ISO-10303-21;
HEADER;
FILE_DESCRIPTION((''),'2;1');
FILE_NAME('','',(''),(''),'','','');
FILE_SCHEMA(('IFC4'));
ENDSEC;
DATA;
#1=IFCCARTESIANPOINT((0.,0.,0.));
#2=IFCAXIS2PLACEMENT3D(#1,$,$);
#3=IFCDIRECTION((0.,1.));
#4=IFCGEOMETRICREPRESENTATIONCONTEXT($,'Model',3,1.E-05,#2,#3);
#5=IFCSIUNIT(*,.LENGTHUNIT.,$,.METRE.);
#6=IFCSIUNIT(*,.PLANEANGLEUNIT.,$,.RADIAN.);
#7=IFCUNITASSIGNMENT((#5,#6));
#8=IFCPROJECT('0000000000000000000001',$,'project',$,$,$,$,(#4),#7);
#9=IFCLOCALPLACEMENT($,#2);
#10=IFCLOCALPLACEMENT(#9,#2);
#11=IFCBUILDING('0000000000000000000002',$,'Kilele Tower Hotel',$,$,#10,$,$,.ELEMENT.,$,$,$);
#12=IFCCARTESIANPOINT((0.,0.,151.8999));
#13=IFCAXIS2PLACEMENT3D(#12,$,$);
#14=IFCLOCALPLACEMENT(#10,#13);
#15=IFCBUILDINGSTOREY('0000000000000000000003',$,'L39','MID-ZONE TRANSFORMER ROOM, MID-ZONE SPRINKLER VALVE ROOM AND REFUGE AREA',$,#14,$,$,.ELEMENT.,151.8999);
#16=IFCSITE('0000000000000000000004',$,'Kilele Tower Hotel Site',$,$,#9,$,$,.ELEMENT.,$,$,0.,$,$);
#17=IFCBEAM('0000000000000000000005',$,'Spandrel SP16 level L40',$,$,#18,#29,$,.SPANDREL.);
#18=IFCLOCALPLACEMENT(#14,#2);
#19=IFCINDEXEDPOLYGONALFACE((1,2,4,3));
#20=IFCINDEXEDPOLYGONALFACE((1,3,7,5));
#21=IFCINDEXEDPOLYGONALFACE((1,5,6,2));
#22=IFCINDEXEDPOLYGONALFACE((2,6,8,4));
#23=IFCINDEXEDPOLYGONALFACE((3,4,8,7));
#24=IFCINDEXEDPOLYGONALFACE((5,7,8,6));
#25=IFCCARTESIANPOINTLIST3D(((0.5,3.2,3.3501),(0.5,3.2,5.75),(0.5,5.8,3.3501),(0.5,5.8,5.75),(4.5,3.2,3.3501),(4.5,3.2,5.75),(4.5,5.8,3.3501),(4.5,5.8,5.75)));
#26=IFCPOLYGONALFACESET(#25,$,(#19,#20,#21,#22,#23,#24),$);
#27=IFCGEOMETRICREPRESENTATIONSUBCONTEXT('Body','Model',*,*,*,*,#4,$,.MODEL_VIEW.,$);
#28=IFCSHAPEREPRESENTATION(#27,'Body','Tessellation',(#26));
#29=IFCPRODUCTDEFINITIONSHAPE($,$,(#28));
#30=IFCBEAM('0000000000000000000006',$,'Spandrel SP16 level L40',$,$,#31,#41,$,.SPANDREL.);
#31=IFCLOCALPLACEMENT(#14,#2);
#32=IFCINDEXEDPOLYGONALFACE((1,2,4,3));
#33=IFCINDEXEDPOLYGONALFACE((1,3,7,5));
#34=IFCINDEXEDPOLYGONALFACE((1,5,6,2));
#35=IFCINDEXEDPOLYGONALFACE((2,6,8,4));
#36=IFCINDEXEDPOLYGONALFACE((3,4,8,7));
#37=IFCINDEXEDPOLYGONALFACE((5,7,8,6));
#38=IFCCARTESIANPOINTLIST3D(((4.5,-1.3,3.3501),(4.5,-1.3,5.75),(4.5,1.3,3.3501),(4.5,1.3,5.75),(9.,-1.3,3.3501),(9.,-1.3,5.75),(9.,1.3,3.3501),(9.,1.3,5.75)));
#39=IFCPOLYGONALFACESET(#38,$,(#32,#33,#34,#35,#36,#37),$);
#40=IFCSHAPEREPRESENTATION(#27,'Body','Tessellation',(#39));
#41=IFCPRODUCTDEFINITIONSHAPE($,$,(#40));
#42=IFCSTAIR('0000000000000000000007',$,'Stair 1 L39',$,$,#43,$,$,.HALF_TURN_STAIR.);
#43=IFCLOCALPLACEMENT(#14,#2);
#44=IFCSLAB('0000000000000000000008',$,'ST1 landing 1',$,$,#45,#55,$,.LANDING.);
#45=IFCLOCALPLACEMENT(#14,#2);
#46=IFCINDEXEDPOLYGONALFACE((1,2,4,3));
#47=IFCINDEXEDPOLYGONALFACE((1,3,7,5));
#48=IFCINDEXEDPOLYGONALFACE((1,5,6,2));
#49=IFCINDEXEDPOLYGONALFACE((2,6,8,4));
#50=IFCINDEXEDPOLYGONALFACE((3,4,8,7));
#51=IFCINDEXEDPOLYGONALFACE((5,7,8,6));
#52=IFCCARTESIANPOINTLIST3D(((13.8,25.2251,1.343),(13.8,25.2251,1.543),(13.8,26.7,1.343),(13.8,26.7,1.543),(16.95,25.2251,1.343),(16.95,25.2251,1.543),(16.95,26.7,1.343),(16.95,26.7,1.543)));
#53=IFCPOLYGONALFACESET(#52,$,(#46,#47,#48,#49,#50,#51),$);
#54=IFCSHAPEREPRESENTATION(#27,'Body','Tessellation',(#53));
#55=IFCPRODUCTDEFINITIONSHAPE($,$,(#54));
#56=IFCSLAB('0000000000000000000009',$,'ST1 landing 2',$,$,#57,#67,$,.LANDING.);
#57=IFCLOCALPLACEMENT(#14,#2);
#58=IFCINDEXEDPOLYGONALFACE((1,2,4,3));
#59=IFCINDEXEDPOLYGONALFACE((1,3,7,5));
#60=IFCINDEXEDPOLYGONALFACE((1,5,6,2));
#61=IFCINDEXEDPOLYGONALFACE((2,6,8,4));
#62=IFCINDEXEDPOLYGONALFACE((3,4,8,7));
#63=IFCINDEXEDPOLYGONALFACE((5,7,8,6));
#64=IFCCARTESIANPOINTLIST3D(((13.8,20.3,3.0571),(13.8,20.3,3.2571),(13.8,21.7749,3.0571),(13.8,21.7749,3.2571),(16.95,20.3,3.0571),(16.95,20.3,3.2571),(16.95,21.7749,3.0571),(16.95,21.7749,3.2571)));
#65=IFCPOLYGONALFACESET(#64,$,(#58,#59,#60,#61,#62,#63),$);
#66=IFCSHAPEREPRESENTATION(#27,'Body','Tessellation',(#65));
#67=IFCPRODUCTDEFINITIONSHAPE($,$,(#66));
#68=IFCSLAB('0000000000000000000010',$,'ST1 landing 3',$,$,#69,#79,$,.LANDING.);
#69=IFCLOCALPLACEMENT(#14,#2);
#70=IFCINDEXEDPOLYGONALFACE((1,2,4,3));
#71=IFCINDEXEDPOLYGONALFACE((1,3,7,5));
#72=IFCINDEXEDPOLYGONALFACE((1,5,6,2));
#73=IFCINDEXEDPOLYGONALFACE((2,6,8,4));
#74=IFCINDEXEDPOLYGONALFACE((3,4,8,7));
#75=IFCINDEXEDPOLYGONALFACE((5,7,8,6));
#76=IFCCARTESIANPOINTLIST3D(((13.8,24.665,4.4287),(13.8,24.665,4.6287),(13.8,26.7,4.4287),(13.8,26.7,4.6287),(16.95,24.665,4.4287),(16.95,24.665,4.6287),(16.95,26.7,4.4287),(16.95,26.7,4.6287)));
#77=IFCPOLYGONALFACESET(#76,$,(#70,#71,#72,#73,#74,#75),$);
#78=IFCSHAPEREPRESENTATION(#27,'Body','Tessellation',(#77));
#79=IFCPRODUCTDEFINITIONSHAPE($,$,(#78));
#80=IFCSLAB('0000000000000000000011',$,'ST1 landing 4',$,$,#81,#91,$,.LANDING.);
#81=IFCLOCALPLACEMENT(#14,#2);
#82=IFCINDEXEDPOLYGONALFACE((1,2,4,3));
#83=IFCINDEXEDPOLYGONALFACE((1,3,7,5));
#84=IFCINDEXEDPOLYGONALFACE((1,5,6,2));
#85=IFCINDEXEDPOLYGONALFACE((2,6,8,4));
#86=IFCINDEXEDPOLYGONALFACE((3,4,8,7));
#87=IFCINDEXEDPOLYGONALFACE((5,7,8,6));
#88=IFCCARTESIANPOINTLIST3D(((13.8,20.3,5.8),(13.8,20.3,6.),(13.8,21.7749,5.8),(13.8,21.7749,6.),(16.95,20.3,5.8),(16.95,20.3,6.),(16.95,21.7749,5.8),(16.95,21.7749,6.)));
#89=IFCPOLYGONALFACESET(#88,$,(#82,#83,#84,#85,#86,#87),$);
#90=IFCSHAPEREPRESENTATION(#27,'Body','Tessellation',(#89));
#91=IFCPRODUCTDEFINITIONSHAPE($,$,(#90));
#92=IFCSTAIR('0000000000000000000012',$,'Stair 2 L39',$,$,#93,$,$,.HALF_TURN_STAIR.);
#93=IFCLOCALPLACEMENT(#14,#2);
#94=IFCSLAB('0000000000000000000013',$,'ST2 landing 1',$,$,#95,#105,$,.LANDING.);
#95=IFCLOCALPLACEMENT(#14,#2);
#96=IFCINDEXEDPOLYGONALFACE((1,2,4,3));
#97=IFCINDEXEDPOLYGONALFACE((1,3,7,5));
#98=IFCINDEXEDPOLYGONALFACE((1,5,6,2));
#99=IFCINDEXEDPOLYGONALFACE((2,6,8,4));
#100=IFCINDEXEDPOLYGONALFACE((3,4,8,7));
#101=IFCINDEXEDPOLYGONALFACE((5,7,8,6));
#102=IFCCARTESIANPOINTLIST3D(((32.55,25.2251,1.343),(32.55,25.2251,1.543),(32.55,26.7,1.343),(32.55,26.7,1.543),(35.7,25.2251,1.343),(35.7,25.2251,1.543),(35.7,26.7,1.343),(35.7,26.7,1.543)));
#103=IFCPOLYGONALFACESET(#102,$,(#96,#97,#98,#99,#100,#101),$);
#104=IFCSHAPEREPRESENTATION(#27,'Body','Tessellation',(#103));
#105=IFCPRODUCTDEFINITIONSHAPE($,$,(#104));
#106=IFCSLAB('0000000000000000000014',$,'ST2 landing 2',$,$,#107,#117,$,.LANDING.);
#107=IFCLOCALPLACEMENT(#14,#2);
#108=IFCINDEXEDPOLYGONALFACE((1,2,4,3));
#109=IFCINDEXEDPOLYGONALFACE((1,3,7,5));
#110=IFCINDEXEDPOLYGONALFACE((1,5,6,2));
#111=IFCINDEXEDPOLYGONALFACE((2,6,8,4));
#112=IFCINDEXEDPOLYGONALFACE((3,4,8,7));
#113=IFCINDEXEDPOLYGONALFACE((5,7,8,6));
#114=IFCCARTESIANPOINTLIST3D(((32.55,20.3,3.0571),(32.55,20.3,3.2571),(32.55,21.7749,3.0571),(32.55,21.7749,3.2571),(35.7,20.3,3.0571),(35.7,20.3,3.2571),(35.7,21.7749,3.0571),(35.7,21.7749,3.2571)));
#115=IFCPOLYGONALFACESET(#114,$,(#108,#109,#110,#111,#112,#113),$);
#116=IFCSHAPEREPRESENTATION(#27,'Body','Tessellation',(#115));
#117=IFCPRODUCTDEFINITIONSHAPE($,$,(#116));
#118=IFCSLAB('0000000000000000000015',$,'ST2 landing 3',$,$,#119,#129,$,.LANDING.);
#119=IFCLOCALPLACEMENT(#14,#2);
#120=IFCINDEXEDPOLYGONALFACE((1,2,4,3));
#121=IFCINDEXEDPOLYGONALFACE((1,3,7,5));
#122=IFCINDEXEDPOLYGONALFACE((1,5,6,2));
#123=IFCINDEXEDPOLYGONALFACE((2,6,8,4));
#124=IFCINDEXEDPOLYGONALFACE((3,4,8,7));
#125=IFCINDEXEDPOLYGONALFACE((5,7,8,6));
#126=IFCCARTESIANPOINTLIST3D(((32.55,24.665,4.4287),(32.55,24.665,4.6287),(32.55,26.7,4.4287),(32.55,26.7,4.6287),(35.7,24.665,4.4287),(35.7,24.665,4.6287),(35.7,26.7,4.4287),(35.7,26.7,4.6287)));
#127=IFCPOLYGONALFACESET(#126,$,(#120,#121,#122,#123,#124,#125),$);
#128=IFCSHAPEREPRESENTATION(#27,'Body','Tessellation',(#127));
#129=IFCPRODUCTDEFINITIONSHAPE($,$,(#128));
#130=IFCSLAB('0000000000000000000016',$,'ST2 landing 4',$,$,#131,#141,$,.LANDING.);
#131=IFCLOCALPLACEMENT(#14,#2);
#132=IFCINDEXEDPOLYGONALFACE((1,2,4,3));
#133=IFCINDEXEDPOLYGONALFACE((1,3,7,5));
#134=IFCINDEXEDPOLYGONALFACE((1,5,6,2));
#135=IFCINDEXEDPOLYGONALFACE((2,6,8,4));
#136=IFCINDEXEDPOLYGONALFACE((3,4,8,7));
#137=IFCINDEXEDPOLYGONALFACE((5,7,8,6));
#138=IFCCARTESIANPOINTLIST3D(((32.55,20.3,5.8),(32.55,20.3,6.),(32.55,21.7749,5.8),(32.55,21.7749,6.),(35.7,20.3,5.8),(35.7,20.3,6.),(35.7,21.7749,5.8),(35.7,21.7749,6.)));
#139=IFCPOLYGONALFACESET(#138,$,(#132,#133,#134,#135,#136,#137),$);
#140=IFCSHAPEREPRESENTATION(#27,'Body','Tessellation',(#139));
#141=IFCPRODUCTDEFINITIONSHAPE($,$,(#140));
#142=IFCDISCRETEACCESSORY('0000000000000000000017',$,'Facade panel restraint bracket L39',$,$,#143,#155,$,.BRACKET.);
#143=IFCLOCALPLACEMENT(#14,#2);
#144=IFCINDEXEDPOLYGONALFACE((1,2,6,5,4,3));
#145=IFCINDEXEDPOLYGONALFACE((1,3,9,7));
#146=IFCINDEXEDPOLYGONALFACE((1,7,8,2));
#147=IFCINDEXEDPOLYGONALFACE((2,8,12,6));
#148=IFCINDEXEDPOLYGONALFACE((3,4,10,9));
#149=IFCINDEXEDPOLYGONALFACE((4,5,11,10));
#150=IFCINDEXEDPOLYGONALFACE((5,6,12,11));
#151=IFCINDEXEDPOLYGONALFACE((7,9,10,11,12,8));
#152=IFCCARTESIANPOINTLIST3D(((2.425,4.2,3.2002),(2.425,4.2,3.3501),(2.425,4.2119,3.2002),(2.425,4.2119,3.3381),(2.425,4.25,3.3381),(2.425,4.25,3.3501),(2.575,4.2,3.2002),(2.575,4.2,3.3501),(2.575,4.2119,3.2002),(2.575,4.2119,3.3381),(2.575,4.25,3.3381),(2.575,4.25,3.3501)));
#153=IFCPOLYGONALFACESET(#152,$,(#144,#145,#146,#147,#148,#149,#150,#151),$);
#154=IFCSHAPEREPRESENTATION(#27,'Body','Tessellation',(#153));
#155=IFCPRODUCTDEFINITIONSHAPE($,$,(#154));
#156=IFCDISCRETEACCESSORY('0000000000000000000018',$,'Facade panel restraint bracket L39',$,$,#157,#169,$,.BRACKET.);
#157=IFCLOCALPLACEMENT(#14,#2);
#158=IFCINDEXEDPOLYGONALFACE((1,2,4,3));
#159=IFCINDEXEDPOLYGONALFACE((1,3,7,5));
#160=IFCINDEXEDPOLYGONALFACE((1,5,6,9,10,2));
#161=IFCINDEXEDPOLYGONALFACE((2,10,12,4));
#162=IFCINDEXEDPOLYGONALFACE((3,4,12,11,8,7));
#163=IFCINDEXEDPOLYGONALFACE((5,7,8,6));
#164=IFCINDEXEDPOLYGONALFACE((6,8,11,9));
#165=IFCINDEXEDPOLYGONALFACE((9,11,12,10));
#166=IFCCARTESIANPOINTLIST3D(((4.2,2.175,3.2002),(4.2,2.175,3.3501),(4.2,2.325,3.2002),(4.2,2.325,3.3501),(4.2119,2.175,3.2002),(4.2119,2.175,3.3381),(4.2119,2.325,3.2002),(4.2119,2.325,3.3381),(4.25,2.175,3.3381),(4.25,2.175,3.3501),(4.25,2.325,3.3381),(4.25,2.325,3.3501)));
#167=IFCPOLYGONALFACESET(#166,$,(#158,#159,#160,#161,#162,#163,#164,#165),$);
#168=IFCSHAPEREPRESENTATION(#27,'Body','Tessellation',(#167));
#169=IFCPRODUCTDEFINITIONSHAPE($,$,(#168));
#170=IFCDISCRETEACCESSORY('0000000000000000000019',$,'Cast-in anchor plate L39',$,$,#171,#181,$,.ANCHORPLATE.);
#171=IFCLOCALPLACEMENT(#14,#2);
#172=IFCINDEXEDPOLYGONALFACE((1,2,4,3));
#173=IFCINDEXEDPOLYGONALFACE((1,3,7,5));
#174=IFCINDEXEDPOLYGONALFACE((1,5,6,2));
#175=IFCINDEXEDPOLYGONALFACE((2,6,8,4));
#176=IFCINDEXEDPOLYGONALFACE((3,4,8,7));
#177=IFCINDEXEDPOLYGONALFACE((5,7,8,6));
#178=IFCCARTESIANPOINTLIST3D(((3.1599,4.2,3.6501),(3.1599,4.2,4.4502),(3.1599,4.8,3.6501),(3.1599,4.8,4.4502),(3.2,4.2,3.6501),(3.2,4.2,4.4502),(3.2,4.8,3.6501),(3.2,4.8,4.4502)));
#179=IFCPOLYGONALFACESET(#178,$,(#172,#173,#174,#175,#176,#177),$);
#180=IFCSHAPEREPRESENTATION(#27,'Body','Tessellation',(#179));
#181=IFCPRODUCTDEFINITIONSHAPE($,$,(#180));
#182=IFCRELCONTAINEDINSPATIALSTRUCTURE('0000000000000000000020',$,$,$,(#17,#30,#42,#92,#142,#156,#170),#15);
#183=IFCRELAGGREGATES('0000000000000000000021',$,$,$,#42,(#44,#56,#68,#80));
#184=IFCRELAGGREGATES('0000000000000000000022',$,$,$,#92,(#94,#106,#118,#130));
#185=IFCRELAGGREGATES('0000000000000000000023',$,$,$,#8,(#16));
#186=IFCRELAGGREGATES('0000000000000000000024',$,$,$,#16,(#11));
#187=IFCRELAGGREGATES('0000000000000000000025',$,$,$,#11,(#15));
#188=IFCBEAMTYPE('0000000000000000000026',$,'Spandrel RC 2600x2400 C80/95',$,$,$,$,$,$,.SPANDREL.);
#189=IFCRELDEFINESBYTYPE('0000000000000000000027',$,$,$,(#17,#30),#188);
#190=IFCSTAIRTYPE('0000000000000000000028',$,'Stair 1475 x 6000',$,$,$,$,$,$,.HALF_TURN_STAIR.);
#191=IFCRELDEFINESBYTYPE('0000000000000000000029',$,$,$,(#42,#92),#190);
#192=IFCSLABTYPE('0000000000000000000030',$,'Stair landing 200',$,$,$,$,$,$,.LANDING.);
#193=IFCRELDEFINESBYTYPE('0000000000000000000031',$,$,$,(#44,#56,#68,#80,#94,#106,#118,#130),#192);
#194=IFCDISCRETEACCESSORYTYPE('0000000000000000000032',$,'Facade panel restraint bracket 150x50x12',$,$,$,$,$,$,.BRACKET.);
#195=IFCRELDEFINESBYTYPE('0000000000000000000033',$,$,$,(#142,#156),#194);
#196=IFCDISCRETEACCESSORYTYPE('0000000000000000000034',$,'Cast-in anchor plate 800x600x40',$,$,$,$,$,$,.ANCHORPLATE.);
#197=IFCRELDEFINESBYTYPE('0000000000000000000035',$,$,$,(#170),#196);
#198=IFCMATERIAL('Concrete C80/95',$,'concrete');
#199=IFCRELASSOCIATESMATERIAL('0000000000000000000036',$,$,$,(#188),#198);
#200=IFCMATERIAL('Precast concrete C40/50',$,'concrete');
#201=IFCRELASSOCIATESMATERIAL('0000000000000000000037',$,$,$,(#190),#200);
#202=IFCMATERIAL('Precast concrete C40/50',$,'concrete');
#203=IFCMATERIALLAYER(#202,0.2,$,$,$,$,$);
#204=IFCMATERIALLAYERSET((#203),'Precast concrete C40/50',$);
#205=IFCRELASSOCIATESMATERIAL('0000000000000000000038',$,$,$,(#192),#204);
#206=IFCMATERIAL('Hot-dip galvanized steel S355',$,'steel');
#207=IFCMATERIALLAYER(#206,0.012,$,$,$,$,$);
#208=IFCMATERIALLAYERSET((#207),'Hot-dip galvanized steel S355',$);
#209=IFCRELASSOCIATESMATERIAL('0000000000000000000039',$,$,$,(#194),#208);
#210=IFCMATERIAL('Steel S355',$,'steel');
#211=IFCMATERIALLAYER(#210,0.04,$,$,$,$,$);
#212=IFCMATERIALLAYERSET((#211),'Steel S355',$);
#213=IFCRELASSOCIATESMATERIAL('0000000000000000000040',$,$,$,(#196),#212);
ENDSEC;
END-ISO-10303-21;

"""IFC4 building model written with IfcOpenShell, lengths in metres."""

from ifc_helpers import new_model, si_unit, direction, frame, origin, origin_2d, place, context, subcontext, project, spatial, polyline, rectangle, outline, extrude, source, transform, mapped, material, layer, layer_set, material_profile, profile_set, type_object, element, aggregate, save


model = new_model("IFC4")

# Units and contexts
model_context = context("Model", 3, precision=1e-05, world=origin(), true_north=direction((0.0, 1.0)))
body_context = subcontext(model_context, "Body", "Model", "MODEL_VIEW")
ifc_project = project(units=[si_unit("LENGTHUNIT", "METRE"), si_unit("PLANEANGLEUNIT", "RADIAN")], contexts=[model_context])

# Site, building, storey
site_placement = place(None, origin())
site = spatial("IfcSite", under=ifc_project, at=site_placement, Name="Kilele Tower Hotel Site", CompositionType="ELEMENT", RefElevation=0.0)
building_placement = place(site_placement, origin())
building = spatial("IfcBuilding", under=site, at=building_placement, Name="Kilele Tower Hotel", CompositionType="ELEMENT")
storey_placement = place(building_placement, frame((0.0, 0.0, 151.8999)))
storey = spatial("IfcBuildingStorey", under=building, at=storey_placement, Name="L39", Description="MID-ZONE TRANSFORMER ROOM, MID-ZONE SPRINKLER VALVE ROOM AND REFUGE AREA", CompositionType="ELEMENT", Elevation=151.8999)

# Beams
ifc_material_1 = material(Name="Concrete C80/95", Category="concrete")
ifc_material_profile = material_profile(ifc_material_1, rectangle(XDim=2.6001, YDim=2.3999, at=origin_2d()))
ifc_profile_set = profile_set([ifc_material_profile], Name="Concrete C80/95")
beam_type = type_object("IfcBeamType", Name="Spandrel RC 2600x2400 C80/95", PredefinedType="SPANDREL", material=ifc_profile_set)
beam_1_placement = place(storey_placement, frame((0.5, 4.5, 4.55), z_axis=(1.0, 0.0, 0.0), x_axis=(0.0, 1.0, 0.0)))
element("IfcBeam", 1, at=beam_1_placement, inside=storey, type_object=beam_type, Name="Spandrel SP16 level L40", PredefinedType="SPANDREL", context=body_context, shape_type="SweptSolid", body=[
    extrude(rectangle(XDim=2.6001, YDim=2.3999, at=origin_2d()), origin(), (0.0, 0.0, 1.0), 4.0),
])
beam_2_placement = place(storey_placement, frame((4.5, 0.0, 4.55), z_axis=(1.0, 0.0, 0.0), x_axis=(0.0, 1.0, 0.0)))
element("IfcBeam", 2, at=beam_2_placement, inside=storey, type_object=beam_type, Name="Spandrel SP16 level L40", PredefinedType="SPANDREL", context=body_context, shape_type="SweptSolid", body=[
    extrude(rectangle(XDim=2.6001, YDim=2.3999, at=origin_2d()), origin(), (0.0, 0.0, 1.0), 4.5),
])

# Stairs, slabs
ifc_material_2 = material(Name="Precast concrete C40/50", Category="concrete")
stair_type = type_object("IfcStairType", Name="Stair 1475 x 6000", PredefinedType="HALF_TURN_STAIR", material=ifc_material_2)
stair_1_placement = place(storey_placement, origin())
stair_1 = element("IfcStair", 3, at=stair_1_placement, inside=storey, type_object=stair_type, Name="Stair 1 L39", PredefinedType="HALF_TURN_STAIR")
ifc_material_3 = material(Name="Precast concrete C40/50", Category="concrete")
ifc_layer_1 = layer(ifc_material_3, 0.2)
ifc_layer_set_1 = layer_set([ifc_layer_1], Name="Precast concrete C40/50")
slab_type = type_object("IfcSlabType", Name="Stair landing 200", PredefinedType="LANDING", material=ifc_layer_set_1)
slab_1_placement = place(storey_placement, frame((0.0, 0.0, 1.343)))
slab_1 = element("IfcSlab", 4, at=slab_1_placement, type_object=slab_type, Name="ST1 landing 1", PredefinedType="LANDING", context=body_context, shape_type="SweptSolid", body=[
    extrude(outline(polyline([(13.8, 25.2251), (16.95, 25.2251), (16.95, 26.7), (13.8, 26.7), (13.8, 25.2251)])), origin(), (0.0, 0.0, 1.0), 0.2),
])
slab_2_placement = place(storey_placement, frame((0.0, 0.0, 3.0571)))
slab_2 = element("IfcSlab", 5, at=slab_2_placement, type_object=slab_type, Name="ST1 landing 2", PredefinedType="LANDING", context=body_context, shape_type="SweptSolid", body=[
    extrude(outline(polyline([(13.8, 20.3), (16.95, 20.3), (16.95, 21.7749), (13.8, 21.7749), (13.8, 20.3)])), origin(), (0.0, 0.0, 1.0), 0.2),
])
slab_3_placement = place(storey_placement, frame((0.0, 0.0, 4.4287)))
slab_3 = element("IfcSlab", 6, at=slab_3_placement, type_object=slab_type, Name="ST1 landing 3", PredefinedType="LANDING", context=body_context, shape_type="SweptSolid", body=[
    extrude(outline(polyline([(13.8, 24.665), (16.95, 24.665), (16.95, 26.7), (13.8, 26.7), (13.8, 24.665)])), origin(), (0.0, 0.0, 1.0), 0.2),
])
slab_4_placement = place(storey_placement, frame((0.0, 0.0, 5.8)))
slab_4 = element("IfcSlab", 7, at=slab_4_placement, type_object=slab_type, Name="ST1 landing 4", PredefinedType="LANDING", context=body_context, shape_type="SweptSolid", body=[
    extrude(outline(polyline([(13.8, 20.3), (16.95, 20.3), (16.95, 21.7749), (13.8, 21.7749), (13.8, 20.3)])), origin(), (0.0, 0.0, 1.0), 0.2),
])
aggregate(stair_1, [slab_1, slab_2, slab_3, slab_4])
stair_2_placement = place(storey_placement, origin())
stair_2 = element("IfcStair", 8, at=stair_2_placement, inside=storey, type_object=stair_type, Name="Stair 2 L39", PredefinedType="HALF_TURN_STAIR")
slab_5_placement = place(storey_placement, frame((0.0, 0.0, 1.343)))
slab_5 = element("IfcSlab", 9, at=slab_5_placement, type_object=slab_type, Name="ST2 landing 1", PredefinedType="LANDING", context=body_context, shape_type="SweptSolid", body=[
    extrude(outline(polyline([(32.55, 25.2251), (35.7, 25.2251), (35.7, 26.7), (32.55, 26.7), (32.55, 25.2251)])), origin(), (0.0, 0.0, 1.0), 0.2),
])
slab_6_placement = place(storey_placement, frame((0.0, 0.0, 3.0571)))
slab_6 = element("IfcSlab", 10, at=slab_6_placement, type_object=slab_type, Name="ST2 landing 2", PredefinedType="LANDING", context=body_context, shape_type="SweptSolid", body=[
    extrude(outline(polyline([(32.55, 20.3), (35.7, 20.3), (35.7, 21.7749), (32.55, 21.7749), (32.55, 20.3)])), origin(), (0.0, 0.0, 1.0), 0.2),
])
slab_7_placement = place(storey_placement, frame((0.0, 0.0, 4.4287)))
slab_7 = element("IfcSlab", 11, at=slab_7_placement, type_object=slab_type, Name="ST2 landing 3", PredefinedType="LANDING", context=body_context, shape_type="SweptSolid", body=[
    extrude(outline(polyline([(32.55, 24.665), (35.7, 24.665), (35.7, 26.7), (32.55, 26.7), (32.55, 24.665)])), origin(), (0.0, 0.0, 1.0), 0.2),
])
slab_8_placement = place(storey_placement, frame((0.0, 0.0, 5.8)))
slab_8 = element("IfcSlab", 12, at=slab_8_placement, type_object=slab_type, Name="ST2 landing 4", PredefinedType="LANDING", context=body_context, shape_type="SweptSolid", body=[
    extrude(outline(polyline([(32.55, 20.3), (35.7, 20.3), (35.7, 21.7749), (32.55, 21.7749), (32.55, 20.3)])), origin(), (0.0, 0.0, 1.0), 0.2),
])
aggregate(stair_2, [slab_5, slab_6, slab_7, slab_8])

# Discrete accessories
ifc_material_4 = material(Name="Hot-dip galvanized steel S355", Category="steel")
ifc_layer_2 = layer(ifc_material_4, 0.012)
ifc_layer_set_2 = layer_set([ifc_layer_2], Name="Hot-dip galvanized steel S355")
discrete_accessory_type_1 = type_object("IfcDiscreteAccessoryType", Name="Facade panel restraint bracket 150x50x12", PredefinedType="BRACKET", material=ifc_layer_set_2)
shared_shape_1 = source(origin(), body_context, "Body", "SweptSolid", [
    extrude(outline(polyline([(0.0, 0.0), (0.0, -0.1499), (-0.012, -0.1499), (-0.012, -0.012), (-0.05, -0.012), (-0.05, 0.0), (0.0, 0.0)])), origin(), (0.0, 0.0, 1.0), 0.1499),
])
for number, where, z_axis, x_axis, name in (
    (13, (2.575, 4.2, 3.3501), (-1.0, 0.0, 0.0), (0.0, -1.0, 0.0), "Facade panel restraint bracket L39"),
    (14, (4.2, 2.175, 3.3501), (0.0, 1.0, 0.0), (-1.0, 0.0, 0.0), "Facade panel restraint bracket L39"),
):
    element("IfcDiscreteAccessory", number, at=place(storey_placement, frame(where, z_axis=z_axis, x_axis=x_axis)), inside=storey, type_object=discrete_accessory_type_1, Name=name, PredefinedType="BRACKET", context=body_context, shape_type="MappedRepresentation", body=[
        mapped(shared_shape_1, transform((0.0, 0.0, 0.0))),
    ])
ifc_material_5 = material(Name="Steel S355", Category="steel")
ifc_layer_3 = layer(ifc_material_5, 0.04)
ifc_layer_set_3 = layer_set([ifc_layer_3], Name="Steel S355")
discrete_accessory_type_2 = type_object("IfcDiscreteAccessoryType", Name="Cast-in anchor plate 800x600x40", PredefinedType="ANCHORPLATE", material=ifc_layer_set_3)
shared_shape_2 = source(origin(), body_context, "Body", "SweptSolid", [
    extrude(outline(polyline([(0.0, 0.0), (0.04, 0.0), (0.04, 0.8), (0.0, 0.8), (0.0, 0.0)])), origin(), (0.0, 0.0, 1.0), 0.6001),
])
discrete_accessory_placement = place(storey_placement, frame((3.2, 4.2, 3.6501), z_axis=(0.0, 1.0, 0.0), x_axis=(-1.0, 0.0, 0.0)))
element("IfcDiscreteAccessory", 15, at=discrete_accessory_placement, inside=storey, type_object=discrete_accessory_type_2, Name="Cast-in anchor plate L39", PredefinedType="ANCHORPLATE", context=body_context, shape_type="MappedRepresentation", body=[
    mapped(shared_shape_2, transform((0.0, 0.0, 0.0))),
])

save(model, "model.ifc")
